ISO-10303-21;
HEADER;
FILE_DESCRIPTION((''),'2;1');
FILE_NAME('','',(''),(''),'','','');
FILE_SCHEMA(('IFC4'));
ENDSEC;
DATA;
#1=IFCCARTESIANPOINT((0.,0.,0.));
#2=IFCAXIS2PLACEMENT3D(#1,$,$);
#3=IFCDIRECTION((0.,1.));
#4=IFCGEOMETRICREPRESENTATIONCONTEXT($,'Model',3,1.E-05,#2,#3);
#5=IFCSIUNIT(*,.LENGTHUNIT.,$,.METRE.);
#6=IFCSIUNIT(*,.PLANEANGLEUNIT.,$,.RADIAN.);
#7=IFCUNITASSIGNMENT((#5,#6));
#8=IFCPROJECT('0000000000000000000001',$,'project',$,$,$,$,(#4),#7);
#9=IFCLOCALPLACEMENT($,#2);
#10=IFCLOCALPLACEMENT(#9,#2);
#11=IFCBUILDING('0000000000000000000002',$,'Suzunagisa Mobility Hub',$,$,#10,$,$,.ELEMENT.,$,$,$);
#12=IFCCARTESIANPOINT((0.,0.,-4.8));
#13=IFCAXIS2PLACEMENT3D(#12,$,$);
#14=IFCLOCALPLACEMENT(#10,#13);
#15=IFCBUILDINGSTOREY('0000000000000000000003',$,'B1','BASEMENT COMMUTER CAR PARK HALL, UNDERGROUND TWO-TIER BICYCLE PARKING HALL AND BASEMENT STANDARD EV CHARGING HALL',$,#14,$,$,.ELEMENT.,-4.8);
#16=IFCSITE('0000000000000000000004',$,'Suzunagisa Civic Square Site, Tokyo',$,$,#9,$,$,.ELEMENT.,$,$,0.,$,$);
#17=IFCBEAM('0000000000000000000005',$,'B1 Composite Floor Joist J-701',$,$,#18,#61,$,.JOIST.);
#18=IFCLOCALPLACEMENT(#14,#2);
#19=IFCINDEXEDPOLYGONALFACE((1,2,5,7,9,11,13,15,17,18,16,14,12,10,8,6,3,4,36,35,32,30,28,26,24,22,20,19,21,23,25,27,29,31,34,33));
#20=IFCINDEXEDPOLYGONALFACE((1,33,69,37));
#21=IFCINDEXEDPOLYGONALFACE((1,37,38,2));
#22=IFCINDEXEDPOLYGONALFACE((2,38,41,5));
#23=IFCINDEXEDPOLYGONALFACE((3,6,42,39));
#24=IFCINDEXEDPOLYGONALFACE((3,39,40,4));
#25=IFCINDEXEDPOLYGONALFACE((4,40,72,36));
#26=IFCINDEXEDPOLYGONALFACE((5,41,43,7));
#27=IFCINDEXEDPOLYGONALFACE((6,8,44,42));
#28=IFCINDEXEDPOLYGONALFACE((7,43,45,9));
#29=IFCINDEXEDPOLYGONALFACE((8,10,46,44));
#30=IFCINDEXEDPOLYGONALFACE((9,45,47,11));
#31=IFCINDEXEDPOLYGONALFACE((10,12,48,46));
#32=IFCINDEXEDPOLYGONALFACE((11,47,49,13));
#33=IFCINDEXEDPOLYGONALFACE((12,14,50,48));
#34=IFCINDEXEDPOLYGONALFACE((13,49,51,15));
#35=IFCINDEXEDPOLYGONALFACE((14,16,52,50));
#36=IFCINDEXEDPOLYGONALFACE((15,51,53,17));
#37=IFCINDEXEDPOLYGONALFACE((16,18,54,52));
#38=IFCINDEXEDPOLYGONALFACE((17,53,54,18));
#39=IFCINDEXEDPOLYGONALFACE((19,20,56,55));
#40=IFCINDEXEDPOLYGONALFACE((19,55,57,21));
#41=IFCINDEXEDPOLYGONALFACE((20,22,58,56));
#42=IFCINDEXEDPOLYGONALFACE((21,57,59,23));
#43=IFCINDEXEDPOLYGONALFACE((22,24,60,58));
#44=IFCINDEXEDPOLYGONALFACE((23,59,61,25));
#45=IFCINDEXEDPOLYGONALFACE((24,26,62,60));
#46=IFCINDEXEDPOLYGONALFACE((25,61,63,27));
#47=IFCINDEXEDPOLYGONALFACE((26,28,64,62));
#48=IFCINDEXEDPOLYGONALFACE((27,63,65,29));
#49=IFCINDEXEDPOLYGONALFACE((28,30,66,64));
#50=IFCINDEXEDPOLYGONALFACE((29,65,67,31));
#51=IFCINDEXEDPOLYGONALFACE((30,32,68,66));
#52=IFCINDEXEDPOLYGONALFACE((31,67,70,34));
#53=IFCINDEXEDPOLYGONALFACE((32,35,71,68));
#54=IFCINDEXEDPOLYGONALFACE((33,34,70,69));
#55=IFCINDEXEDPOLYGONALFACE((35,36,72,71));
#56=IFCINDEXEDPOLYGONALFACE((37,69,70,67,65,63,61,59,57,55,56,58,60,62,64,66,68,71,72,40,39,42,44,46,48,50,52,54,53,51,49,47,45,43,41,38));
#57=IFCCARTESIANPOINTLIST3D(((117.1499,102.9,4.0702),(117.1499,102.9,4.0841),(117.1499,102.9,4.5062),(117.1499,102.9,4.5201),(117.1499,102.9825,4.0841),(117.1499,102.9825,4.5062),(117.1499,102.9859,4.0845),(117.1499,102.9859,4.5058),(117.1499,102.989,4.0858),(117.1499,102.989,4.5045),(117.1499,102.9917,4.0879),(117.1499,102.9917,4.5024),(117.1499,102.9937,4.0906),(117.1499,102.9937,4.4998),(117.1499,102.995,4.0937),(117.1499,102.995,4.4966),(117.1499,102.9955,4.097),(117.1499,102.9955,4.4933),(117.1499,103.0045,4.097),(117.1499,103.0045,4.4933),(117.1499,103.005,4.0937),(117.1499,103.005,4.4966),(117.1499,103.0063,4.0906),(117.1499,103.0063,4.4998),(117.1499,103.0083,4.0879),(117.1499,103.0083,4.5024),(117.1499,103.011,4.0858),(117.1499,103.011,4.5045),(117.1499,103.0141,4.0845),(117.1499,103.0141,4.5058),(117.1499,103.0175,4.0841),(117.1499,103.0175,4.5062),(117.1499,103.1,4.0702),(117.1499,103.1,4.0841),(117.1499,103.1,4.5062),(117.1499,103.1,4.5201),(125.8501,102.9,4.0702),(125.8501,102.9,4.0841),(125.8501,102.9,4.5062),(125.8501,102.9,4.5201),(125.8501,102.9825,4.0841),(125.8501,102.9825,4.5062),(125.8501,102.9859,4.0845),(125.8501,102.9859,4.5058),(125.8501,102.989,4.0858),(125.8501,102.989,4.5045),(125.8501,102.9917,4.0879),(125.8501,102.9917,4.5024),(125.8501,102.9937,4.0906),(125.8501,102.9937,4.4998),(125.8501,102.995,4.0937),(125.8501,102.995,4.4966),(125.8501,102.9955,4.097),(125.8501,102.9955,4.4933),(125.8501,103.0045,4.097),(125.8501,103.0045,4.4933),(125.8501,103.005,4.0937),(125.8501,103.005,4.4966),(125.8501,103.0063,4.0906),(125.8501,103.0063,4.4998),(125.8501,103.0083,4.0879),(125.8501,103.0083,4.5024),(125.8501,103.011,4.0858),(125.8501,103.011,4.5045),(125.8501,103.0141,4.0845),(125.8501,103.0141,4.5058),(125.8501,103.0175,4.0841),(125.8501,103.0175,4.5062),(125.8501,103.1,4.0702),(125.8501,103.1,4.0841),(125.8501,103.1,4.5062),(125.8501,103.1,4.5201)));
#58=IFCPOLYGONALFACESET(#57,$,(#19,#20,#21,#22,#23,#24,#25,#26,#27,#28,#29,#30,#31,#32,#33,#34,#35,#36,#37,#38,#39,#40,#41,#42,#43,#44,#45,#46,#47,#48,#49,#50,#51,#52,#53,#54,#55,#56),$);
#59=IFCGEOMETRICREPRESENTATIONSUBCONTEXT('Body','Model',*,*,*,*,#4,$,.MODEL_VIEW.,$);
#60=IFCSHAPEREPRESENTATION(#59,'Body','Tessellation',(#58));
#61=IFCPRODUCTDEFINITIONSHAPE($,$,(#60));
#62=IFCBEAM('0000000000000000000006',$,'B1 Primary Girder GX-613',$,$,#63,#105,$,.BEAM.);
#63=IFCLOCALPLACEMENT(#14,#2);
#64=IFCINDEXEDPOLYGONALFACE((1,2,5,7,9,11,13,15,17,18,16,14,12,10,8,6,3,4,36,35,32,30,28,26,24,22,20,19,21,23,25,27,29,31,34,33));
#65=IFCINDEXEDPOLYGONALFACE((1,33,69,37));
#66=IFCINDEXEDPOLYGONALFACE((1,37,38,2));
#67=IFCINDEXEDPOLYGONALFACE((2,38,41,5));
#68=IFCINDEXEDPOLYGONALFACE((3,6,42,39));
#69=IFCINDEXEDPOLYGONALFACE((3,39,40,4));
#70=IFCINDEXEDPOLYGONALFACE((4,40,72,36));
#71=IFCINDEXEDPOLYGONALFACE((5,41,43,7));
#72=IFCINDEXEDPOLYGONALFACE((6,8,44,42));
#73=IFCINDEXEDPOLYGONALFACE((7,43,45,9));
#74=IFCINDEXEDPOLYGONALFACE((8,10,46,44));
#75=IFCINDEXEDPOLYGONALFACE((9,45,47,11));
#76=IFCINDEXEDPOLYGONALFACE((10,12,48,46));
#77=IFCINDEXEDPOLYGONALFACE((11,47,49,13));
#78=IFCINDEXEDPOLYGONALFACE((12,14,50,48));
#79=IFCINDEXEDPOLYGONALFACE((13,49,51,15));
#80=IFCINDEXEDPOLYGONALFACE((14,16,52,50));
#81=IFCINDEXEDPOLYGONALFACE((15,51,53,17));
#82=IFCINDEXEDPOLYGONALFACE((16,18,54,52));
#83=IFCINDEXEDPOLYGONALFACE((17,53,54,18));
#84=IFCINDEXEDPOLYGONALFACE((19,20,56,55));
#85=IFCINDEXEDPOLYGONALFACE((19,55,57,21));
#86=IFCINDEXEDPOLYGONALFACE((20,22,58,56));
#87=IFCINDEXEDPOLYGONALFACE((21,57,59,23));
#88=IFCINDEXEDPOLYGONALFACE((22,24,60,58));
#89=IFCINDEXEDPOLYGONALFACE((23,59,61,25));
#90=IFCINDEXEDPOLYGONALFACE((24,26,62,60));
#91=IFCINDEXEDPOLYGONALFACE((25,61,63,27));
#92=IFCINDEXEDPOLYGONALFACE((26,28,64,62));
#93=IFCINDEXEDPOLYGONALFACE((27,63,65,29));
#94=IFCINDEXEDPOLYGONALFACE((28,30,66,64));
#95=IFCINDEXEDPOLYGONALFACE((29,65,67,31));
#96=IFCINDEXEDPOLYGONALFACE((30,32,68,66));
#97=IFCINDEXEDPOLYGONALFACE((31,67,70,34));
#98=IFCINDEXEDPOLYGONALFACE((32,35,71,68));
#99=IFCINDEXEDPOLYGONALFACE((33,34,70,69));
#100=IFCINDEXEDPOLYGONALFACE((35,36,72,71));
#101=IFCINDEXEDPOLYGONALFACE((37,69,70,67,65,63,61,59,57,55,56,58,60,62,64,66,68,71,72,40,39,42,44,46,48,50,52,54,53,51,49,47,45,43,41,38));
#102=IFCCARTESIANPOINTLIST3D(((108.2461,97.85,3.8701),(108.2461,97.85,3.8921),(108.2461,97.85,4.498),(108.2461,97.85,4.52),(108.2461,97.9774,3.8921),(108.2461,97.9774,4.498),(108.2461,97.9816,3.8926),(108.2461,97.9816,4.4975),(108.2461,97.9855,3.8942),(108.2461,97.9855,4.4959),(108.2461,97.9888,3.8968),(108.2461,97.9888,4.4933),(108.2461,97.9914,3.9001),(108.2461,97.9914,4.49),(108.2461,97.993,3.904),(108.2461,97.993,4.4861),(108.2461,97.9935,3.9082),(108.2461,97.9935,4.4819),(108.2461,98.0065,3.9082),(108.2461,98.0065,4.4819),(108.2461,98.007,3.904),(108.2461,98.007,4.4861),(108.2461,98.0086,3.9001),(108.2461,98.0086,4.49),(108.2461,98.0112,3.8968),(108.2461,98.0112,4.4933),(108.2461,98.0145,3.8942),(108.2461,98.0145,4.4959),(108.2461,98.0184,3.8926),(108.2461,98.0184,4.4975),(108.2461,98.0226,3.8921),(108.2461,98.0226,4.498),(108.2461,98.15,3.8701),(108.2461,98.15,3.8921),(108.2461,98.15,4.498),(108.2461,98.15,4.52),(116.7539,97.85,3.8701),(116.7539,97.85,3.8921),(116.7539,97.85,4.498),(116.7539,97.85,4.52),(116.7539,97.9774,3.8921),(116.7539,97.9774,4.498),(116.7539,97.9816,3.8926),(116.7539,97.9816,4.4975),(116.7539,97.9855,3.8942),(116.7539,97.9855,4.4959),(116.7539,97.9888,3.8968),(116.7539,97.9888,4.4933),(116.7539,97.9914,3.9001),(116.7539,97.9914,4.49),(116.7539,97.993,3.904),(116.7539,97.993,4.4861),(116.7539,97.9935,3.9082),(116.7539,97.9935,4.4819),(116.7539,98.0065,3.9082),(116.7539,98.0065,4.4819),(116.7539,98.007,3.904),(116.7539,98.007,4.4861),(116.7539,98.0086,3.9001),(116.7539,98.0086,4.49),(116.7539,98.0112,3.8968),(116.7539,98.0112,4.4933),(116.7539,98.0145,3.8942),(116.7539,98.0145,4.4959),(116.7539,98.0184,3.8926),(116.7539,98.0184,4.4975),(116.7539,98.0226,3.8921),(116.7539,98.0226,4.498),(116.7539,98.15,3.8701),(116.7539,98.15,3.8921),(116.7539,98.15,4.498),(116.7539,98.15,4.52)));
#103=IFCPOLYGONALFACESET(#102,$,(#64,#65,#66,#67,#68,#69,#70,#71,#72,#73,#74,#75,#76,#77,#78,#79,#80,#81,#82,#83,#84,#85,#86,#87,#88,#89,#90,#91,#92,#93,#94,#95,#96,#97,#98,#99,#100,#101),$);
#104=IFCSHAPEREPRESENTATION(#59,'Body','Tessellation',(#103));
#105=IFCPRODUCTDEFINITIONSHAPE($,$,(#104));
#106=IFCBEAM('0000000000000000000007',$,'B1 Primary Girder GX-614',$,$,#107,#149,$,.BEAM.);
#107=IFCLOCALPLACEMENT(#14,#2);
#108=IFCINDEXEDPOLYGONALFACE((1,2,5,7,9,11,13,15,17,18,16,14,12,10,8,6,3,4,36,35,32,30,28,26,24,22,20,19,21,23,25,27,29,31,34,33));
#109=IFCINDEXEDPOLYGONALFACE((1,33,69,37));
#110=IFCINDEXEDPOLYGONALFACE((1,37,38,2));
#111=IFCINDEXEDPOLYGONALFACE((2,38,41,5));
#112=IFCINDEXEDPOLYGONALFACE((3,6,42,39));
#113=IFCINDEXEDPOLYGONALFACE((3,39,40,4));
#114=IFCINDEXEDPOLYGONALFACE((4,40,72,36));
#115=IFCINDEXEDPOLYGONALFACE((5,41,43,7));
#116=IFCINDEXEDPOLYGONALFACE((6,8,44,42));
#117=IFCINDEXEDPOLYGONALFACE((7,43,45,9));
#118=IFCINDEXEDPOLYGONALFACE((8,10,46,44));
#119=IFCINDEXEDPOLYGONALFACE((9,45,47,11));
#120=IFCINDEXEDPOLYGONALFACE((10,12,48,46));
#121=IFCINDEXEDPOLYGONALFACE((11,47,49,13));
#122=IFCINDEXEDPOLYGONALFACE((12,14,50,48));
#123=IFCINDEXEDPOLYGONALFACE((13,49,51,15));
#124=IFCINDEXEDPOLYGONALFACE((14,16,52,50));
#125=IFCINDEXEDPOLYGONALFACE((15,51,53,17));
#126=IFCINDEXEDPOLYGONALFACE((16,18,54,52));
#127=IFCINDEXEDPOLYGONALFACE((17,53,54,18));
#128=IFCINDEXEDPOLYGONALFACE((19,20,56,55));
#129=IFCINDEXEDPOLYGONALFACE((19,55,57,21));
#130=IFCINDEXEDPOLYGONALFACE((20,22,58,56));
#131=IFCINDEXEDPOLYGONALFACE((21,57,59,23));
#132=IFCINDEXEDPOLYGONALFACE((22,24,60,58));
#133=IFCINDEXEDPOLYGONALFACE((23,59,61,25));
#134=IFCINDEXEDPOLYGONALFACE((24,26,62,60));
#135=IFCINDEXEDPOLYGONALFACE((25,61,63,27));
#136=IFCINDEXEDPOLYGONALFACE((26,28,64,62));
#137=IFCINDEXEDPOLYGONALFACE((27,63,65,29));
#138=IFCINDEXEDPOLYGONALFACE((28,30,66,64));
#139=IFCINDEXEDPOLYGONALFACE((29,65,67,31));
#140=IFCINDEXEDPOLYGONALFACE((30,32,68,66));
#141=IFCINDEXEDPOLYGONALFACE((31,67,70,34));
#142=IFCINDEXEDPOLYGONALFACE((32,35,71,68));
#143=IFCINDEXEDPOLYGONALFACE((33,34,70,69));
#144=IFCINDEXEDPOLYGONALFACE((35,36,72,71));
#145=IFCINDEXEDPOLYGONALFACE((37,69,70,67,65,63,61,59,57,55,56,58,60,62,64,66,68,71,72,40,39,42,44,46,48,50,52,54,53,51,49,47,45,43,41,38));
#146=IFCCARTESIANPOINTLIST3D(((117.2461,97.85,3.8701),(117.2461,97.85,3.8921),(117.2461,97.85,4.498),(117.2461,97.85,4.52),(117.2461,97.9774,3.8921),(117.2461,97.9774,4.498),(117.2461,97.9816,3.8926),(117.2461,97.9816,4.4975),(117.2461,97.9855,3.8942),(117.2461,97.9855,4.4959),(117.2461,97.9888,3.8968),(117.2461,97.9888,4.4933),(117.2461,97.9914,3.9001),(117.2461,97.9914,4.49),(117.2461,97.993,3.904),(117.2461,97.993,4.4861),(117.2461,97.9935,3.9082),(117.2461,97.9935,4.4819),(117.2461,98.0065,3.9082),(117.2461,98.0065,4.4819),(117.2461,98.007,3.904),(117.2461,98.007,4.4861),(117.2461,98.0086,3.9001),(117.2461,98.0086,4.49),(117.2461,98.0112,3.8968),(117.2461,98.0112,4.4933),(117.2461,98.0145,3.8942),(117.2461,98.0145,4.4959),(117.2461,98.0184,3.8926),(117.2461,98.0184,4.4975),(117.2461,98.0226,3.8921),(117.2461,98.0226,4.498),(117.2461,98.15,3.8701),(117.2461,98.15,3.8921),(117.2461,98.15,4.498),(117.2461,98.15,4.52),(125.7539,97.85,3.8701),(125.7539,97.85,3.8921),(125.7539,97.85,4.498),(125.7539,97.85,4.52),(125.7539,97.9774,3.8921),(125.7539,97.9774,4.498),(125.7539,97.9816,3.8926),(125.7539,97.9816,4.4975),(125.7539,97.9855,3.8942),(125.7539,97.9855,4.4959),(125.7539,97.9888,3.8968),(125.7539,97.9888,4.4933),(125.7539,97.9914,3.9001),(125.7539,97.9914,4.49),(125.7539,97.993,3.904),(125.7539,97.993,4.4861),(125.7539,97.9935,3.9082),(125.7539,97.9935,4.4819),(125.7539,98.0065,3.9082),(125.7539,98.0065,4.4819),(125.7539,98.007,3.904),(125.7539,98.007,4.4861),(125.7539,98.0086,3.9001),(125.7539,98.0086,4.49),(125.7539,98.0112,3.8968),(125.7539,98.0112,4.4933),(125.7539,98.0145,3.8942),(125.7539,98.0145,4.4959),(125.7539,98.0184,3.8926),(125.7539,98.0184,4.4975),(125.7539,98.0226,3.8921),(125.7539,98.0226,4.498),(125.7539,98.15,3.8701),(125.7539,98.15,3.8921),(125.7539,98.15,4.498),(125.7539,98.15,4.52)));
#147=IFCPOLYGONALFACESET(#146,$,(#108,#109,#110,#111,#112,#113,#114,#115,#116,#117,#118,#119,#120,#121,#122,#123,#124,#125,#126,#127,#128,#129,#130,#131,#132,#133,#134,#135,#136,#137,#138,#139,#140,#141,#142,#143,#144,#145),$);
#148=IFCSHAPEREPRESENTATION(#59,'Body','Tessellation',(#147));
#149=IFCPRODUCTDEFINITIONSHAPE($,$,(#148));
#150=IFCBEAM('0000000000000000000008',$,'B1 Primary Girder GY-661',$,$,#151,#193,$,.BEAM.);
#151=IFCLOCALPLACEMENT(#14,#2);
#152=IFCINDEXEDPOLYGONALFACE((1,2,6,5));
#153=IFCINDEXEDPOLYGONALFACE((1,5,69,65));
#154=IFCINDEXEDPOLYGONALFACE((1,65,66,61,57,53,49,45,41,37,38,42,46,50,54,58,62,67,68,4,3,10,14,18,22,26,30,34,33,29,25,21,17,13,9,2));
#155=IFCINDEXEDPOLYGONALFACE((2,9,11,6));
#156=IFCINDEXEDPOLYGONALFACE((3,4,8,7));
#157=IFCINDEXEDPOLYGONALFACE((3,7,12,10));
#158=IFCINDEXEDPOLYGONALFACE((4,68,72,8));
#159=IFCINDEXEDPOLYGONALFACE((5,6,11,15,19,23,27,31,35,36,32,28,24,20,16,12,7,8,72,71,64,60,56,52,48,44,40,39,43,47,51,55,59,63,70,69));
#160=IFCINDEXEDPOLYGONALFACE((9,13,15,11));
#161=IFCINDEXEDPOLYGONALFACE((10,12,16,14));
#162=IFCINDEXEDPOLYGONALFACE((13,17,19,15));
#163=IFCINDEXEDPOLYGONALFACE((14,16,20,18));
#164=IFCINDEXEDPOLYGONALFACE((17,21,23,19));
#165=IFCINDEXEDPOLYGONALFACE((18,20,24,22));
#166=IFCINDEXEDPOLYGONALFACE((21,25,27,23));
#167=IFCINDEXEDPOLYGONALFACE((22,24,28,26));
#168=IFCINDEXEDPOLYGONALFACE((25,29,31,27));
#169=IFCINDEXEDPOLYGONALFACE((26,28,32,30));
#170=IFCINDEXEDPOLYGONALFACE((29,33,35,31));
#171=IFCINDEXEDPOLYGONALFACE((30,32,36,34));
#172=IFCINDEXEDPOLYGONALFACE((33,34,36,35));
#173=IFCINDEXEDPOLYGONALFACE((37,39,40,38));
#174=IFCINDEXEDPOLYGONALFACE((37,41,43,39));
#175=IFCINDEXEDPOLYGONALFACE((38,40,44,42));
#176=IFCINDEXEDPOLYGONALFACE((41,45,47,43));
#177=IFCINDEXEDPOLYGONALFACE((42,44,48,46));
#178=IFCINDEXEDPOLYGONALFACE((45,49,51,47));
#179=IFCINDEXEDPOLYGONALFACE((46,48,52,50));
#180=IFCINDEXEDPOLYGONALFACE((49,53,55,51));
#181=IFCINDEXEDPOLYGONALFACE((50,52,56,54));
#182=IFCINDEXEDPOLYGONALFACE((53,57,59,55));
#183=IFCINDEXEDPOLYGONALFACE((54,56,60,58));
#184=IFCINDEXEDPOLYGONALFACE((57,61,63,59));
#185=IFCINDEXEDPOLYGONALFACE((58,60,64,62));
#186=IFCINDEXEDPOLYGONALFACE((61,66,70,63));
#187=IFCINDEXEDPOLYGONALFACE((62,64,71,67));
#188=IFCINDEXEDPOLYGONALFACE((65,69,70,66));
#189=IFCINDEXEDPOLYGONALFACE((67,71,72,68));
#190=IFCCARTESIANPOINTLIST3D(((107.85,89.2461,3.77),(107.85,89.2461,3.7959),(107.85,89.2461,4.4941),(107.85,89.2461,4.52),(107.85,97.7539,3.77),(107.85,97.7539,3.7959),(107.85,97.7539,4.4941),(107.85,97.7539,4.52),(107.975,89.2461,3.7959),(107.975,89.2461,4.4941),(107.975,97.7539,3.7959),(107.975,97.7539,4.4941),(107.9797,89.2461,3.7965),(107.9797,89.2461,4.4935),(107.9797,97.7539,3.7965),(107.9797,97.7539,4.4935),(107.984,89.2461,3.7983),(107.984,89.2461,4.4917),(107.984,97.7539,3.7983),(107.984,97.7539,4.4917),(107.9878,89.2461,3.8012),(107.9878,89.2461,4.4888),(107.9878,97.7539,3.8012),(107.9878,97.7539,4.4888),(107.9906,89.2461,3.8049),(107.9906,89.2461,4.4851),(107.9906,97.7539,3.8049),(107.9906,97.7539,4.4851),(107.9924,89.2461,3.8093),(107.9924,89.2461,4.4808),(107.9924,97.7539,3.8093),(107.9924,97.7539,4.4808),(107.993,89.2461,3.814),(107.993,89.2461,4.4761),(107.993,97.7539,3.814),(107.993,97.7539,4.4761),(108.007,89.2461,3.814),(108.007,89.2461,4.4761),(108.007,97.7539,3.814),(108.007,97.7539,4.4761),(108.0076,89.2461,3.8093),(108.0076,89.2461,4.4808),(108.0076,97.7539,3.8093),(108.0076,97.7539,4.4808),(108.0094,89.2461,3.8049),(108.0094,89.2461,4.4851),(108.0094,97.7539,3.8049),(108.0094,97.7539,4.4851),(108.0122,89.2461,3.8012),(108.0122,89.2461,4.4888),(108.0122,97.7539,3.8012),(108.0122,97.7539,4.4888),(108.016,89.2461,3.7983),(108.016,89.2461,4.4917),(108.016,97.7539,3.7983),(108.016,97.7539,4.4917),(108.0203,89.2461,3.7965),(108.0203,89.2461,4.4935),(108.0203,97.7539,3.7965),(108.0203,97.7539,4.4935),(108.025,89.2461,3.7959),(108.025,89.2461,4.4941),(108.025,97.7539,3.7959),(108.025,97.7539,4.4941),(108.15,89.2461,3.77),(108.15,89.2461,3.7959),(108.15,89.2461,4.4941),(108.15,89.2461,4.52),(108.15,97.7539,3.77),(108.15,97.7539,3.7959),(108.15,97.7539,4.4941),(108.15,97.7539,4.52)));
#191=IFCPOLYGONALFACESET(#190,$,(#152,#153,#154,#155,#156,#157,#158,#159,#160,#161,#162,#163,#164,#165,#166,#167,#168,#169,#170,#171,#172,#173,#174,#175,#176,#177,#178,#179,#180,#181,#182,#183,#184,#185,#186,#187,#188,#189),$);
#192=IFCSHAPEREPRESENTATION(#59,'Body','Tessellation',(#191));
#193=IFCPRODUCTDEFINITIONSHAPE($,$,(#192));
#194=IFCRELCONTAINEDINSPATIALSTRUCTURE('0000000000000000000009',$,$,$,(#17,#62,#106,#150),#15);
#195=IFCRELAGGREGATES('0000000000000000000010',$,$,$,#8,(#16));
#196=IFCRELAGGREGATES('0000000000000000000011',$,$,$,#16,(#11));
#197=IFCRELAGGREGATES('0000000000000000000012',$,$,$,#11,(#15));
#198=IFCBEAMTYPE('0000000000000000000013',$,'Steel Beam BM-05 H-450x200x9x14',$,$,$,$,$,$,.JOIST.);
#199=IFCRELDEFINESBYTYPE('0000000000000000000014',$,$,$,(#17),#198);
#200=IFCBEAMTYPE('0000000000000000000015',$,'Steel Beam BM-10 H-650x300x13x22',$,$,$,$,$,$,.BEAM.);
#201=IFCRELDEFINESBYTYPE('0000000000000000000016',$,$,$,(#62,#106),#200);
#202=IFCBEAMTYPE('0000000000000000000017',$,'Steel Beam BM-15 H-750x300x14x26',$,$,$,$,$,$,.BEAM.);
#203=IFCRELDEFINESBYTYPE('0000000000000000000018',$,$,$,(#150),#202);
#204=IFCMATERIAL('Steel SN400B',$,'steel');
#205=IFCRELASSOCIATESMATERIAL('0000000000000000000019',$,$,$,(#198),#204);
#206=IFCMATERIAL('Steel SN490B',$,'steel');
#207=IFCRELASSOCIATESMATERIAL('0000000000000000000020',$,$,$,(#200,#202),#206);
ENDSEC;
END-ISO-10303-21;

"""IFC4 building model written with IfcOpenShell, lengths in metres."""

from ifc_helpers import new_model, si_unit, direction, frame, origin, origin_2d, place, context, subcontext, project, spatial, i_section, extrude, material, material_profile, profile_set, type_object, element, save


model = new_model("IFC4")

# Units and contexts
model_context = context("Model", 3, precision=1e-05, world=origin(), true_north=direction((0.0, 1.0)))
body_context = subcontext(model_context, "Body", "Model", "MODEL_VIEW")
ifc_project = project(units=[si_unit("LENGTHUNIT", "METRE"), si_unit("PLANEANGLEUNIT", "RADIAN")], contexts=[model_context])

# Site, building, storey
site_placement = place(None, origin())
site = spatial("IfcSite", under=ifc_project, at=site_placement, Name="Suzunagisa Civic Square Site, Tokyo", CompositionType="ELEMENT", RefElevation=0.0)
building_placement = place(site_placement, origin())
building = spatial("IfcBuilding", under=site, at=building_placement, Name="Suzunagisa Mobility Hub", CompositionType="ELEMENT")
storey_placement = place(building_placement, frame((0.0, 0.0, -4.8)))
storey = spatial("IfcBuildingStorey", under=building, at=storey_placement, Name="B1", Description="BASEMENT COMMUTER CAR PARK HALL, UNDERGROUND TWO-TIER BICYCLE PARKING HALL AND BASEMENT STANDARD EV CHARGING HALL", CompositionType="ELEMENT", Elevation=-4.8)

# Shared definitions
ifc_material_1 = material(Name="Steel SN490B", Category="steel")

# Beams
ifc_material_2 = material(Name="Steel SN400B", Category="steel")
ifc_material_profile_1 = material_profile(ifc_material_2, i_section(OverallWidth=0.2, OverallDepth=0.45, WebThickness=0.009, FlangeThickness=0.0139, FilletRadius=0.0129, at=origin_2d()), Name="H-450x200x9x14")
ifc_profile_set_1 = profile_set([ifc_material_profile_1], Name="Steel SN400B")
beam_type_1 = type_object("IfcBeamType", Name="Steel Beam BM-05 H-450x200x9x14", PredefinedType="JOIST", material=ifc_profile_set_1)
for number, where, z_axis, x_axis, name in (
    (1, (117.1499, 103.0, 4.2952), (1.0, 0.0, 0.0), (0.0, 1.0, 0.0), "B1 Composite Floor Joist J-701"),
):
    element("IfcBeam", number, at=place(storey_placement, frame(where, z_axis=z_axis, x_axis=x_axis)), inside=storey, type_object=beam_type_1, Name=name, PredefinedType="JOIST", context=body_context, shape_type="SweptSolid", body=[
        extrude(i_section(OverallWidth=0.2, OverallDepth=0.45, WebThickness=0.009, FlangeThickness=0.0139, FilletRadius=0.0129, at=origin_2d()), origin(), (0.0, 0.0, 1.0), 8.7002),
    ])
ifc_material_profile_2 = material_profile(ifc_material_1, i_section(OverallWidth=0.3, OverallDepth=0.6499, WebThickness=0.0129, FlangeThickness=0.022, FilletRadius=0.0161, at=origin_2d()), Name="H-650x300x13x22")
ifc_profile_set_2 = profile_set([ifc_material_profile_2], Name="Steel SN490B")
beam_type_2 = type_object("IfcBeamType", Name="Steel Beam BM-10 H-650x300x13x22", PredefinedType="BEAM", material=ifc_profile_set_2)
for number, where, z_axis, x_axis, name in (
    (2, (108.2461, 98.0, 4.1951), (1.0, 0.0, 0.0), (0.0, 1.0, 0.0), "B1 Primary Girder GX-613"),
    (3, (117.2461, 98.0, 4.1951), (1.0, 0.0, 0.0), (0.0, 1.0, 0.0), "B1 Primary Girder GX-614"),
):
    element("IfcBeam", number, at=place(storey_placement, frame(where, z_axis=z_axis, x_axis=x_axis)), inside=storey, type_object=beam_type_2, Name=name, PredefinedType="BEAM", context=body_context, shape_type="SweptSolid", body=[
        extrude(i_section(OverallWidth=0.3, OverallDepth=0.6499, WebThickness=0.0129, FlangeThickness=0.022, FilletRadius=0.0161, at=origin_2d()), origin(), (0.0, 0.0, 1.0), 8.5078),
    ])
ifc_material_profile_3 = material_profile(ifc_material_1, i_section(OverallWidth=0.3, OverallDepth=0.75, WebThickness=0.0139, FlangeThickness=0.0259, FilletRadius=0.0181, at=origin_2d()), Name="H-750x300x14x26")
ifc_profile_set_3 = profile_set([ifc_material_profile_3], Name="Steel SN490B")
beam_type_3 = type_object("IfcBeamType", Name="Steel Beam BM-15 H-750x300x14x26", PredefinedType="BEAM", material=ifc_profile_set_3)
beam_1_placement = place(storey_placement, frame((108.0, 89.2461, 4.145), z_axis=(0.0, 1.0, 0.0), x_axis=(-1.0, 0.0, 0.0)))
element("IfcBeam", 4, at=beam_1_placement, inside=storey, type_object=beam_type_3, Name="B1 Primary Girder GY-661", PredefinedType="BEAM", context=body_context, shape_type="SweptSolid", body=[
    extrude(i_section(OverallWidth=0.3, OverallDepth=0.75, WebThickness=0.0139, FlangeThickness=0.0259, FilletRadius=0.0181, at=origin_2d()), origin(), (0.0, 0.0, 1.0), 8.5078),
])

save(model, "model.ifc")
